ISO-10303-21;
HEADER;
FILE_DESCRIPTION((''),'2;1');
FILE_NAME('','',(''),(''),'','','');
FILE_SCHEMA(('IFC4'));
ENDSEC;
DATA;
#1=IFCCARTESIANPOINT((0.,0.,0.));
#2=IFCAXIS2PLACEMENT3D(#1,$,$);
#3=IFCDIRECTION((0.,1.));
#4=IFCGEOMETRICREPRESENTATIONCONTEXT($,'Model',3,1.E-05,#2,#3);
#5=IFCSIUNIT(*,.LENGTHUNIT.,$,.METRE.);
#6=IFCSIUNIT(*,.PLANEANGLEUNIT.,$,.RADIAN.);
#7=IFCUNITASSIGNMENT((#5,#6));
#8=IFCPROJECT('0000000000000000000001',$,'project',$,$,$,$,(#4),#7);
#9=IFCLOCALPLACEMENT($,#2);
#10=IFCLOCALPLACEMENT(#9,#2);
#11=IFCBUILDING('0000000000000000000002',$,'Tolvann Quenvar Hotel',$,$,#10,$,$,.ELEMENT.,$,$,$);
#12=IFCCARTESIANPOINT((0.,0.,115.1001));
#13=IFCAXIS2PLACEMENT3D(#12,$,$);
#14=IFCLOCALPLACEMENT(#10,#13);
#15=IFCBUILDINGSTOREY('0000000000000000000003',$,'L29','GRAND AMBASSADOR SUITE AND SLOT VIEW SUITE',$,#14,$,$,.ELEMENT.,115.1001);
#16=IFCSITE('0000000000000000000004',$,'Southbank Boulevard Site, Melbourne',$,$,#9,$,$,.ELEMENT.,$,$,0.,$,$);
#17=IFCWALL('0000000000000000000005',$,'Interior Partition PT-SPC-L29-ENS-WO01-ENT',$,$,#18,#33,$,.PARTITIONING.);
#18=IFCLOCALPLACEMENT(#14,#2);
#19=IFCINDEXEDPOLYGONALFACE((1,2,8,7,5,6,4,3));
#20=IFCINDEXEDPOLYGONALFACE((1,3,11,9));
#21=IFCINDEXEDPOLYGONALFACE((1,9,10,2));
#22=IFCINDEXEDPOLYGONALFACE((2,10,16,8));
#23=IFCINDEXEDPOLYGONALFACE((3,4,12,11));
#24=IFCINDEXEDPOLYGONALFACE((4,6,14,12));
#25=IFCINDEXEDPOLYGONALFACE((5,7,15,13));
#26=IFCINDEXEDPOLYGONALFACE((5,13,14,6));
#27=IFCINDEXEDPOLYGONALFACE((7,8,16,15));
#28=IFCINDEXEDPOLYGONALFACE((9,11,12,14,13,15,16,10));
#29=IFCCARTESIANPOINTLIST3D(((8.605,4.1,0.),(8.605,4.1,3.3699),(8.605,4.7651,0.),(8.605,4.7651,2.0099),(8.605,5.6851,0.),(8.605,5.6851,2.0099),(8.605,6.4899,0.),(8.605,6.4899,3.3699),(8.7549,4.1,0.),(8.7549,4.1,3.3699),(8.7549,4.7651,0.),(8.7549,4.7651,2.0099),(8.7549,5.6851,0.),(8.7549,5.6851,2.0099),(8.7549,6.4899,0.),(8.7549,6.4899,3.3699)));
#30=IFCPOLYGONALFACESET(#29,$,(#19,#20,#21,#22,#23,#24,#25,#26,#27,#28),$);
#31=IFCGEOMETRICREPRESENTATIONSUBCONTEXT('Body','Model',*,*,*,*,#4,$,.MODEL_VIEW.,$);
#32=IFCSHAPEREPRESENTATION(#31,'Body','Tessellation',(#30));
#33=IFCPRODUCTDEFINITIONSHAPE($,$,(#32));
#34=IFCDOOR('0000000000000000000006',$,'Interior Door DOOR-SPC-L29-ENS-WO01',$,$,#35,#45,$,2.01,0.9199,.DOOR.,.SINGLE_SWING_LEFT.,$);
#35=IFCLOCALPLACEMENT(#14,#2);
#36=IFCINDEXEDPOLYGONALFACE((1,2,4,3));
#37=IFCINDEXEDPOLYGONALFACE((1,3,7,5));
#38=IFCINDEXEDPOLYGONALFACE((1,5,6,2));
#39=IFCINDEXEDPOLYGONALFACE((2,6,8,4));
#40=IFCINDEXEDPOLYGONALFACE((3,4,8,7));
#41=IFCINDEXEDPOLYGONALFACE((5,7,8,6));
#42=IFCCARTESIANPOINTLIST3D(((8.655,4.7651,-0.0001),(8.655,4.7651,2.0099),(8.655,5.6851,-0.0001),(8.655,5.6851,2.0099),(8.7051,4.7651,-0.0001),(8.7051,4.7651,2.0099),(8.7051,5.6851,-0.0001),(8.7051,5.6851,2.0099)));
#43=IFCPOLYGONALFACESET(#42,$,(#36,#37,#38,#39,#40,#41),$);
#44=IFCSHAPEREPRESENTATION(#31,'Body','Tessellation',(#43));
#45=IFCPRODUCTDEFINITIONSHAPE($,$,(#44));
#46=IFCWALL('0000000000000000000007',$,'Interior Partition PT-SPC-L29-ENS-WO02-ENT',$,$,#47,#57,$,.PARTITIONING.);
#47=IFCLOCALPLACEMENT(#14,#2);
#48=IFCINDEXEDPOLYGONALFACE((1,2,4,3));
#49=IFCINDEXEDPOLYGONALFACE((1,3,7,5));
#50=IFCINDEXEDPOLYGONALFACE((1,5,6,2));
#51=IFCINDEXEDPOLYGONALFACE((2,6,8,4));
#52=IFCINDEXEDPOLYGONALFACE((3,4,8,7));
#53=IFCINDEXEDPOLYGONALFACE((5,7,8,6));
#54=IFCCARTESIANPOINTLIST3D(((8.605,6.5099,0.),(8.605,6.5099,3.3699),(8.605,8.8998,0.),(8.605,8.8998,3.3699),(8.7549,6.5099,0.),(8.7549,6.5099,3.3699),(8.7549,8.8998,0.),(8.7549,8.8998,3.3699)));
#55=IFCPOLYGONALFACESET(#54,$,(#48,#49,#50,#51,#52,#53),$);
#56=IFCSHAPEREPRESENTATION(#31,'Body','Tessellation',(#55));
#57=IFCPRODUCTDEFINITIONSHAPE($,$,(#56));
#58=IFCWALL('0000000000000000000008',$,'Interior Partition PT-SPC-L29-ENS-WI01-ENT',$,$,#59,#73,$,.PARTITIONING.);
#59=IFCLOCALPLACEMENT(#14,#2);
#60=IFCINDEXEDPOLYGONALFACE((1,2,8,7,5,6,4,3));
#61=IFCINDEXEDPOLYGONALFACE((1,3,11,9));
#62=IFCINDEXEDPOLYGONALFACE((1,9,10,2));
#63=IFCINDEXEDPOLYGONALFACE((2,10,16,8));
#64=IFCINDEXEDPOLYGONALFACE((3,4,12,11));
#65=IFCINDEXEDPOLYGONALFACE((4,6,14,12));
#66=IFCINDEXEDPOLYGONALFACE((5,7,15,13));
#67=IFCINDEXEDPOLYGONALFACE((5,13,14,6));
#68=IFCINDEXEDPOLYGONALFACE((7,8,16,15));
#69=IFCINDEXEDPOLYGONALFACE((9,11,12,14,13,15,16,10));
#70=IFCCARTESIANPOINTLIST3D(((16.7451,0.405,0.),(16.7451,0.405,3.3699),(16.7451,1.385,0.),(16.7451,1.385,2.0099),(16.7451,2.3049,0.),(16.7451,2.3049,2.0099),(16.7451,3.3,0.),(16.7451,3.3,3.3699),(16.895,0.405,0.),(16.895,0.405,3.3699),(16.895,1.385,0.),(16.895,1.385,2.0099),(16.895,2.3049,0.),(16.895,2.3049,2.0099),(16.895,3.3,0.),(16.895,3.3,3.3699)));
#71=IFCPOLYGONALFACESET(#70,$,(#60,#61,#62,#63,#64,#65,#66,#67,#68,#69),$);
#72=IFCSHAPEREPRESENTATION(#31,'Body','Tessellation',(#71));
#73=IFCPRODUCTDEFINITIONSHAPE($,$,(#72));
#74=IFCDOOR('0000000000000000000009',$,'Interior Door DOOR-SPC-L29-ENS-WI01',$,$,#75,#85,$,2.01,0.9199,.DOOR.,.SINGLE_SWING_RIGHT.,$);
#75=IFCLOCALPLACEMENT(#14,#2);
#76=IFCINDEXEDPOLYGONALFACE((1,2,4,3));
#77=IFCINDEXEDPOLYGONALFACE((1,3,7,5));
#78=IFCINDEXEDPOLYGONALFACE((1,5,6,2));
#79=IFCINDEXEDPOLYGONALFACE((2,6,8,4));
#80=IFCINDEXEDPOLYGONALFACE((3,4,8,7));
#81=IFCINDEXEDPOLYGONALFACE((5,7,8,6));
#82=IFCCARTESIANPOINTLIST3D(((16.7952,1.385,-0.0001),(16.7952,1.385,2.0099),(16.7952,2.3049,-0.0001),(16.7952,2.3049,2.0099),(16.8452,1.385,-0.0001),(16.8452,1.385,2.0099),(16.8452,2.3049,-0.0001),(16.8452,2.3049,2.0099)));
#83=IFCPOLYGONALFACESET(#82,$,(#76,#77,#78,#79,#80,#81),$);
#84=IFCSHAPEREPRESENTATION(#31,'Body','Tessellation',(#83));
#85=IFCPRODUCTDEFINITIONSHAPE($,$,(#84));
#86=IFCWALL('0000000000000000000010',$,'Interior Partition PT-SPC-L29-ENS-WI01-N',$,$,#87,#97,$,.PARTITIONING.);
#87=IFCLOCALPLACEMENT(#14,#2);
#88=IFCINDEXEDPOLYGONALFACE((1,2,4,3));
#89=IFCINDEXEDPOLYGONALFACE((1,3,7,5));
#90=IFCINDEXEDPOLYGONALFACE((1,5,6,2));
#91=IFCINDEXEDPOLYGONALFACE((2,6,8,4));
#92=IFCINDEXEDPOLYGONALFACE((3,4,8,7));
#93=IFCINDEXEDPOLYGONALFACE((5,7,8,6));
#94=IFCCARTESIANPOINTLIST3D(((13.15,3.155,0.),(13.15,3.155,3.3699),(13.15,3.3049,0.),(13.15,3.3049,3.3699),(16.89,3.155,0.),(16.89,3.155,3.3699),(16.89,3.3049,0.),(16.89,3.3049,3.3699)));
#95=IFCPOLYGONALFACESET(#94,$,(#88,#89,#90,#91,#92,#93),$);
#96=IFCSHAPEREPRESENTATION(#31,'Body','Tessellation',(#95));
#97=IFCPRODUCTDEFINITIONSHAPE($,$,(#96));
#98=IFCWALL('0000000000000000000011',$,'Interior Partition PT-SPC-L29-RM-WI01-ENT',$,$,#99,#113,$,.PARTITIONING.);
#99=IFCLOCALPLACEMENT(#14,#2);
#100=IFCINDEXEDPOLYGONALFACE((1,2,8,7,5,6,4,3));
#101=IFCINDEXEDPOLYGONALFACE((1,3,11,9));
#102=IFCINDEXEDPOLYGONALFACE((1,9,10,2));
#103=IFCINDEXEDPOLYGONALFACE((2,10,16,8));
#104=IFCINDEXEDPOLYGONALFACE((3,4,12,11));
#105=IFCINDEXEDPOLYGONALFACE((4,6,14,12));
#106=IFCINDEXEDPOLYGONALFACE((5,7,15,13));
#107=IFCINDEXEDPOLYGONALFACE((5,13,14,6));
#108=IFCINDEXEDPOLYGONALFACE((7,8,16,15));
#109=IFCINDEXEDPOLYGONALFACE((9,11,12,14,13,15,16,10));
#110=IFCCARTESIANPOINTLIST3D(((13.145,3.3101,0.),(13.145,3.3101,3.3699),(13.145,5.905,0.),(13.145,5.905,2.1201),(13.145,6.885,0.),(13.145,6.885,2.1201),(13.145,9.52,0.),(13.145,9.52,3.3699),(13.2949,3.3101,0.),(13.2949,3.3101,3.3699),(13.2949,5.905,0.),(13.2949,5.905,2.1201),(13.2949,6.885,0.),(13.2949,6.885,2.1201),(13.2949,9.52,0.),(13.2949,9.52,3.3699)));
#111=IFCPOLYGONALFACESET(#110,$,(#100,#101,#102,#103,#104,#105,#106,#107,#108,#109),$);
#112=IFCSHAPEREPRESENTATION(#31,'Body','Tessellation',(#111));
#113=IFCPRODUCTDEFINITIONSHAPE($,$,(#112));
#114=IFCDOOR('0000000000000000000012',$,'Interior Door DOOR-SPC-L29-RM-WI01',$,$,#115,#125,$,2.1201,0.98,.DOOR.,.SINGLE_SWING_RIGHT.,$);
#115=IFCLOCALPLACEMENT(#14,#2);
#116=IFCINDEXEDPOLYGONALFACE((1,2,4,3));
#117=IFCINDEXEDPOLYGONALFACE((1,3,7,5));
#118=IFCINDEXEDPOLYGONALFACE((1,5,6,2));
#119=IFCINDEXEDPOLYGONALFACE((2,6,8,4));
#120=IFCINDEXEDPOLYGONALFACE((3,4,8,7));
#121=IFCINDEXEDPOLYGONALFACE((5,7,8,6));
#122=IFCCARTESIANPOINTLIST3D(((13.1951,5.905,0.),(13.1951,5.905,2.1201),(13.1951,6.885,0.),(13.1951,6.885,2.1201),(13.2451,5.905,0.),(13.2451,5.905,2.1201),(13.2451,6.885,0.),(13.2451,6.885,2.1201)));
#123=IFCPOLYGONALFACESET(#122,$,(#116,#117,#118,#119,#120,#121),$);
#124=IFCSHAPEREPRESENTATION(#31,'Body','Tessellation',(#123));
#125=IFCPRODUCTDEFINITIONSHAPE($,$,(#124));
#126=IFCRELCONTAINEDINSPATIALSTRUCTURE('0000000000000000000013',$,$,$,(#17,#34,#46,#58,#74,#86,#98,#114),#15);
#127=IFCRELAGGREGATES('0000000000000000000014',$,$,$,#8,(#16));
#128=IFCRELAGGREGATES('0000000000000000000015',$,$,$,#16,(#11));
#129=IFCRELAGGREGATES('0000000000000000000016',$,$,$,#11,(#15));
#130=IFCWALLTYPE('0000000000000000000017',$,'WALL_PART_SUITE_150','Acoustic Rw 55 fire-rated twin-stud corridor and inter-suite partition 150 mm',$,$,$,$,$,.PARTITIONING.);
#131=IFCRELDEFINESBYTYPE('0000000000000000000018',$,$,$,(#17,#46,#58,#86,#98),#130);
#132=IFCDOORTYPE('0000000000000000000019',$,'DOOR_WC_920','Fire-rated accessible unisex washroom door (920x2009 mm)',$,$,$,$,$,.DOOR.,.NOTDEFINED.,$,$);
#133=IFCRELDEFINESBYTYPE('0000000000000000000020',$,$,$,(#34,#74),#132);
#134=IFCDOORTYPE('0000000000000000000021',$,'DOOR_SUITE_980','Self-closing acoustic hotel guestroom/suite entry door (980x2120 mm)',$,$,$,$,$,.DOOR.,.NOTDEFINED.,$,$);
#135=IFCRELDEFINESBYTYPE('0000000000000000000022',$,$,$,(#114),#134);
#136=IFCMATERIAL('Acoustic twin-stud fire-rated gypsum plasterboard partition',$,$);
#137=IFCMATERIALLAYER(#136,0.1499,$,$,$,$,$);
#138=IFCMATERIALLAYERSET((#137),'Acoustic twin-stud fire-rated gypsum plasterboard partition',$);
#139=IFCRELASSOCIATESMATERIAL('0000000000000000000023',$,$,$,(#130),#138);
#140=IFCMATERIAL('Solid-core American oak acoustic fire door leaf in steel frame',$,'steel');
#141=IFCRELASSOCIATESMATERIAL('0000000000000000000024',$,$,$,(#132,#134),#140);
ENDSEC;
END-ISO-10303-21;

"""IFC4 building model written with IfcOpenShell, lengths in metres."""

from ifc_helpers import new_model, si_unit, direction, frame, frame_2d, origin, place, context, subcontext, project, spatial, rectangle, extrude, source, transform, mapped, material, layer, layer_set, type_object, type_shapes, element, fill, save


model = new_model("IFC4")

# Units and contexts
model_context = context("Model", 3, precision=1e-05, world=origin(), true_north=direction((0.0, 1.0)))
body_context = subcontext(model_context, "Body", "Model", "MODEL_VIEW")
ifc_project = project(units=[si_unit("LENGTHUNIT", "METRE"), si_unit("PLANEANGLEUNIT", "RADIAN")], contexts=[model_context])

# Site, building, storey
site_placement = place(None, origin())
site = spatial("IfcSite", under=ifc_project, at=site_placement, Name="Southbank Boulevard Site, Melbourne", CompositionType="ELEMENT", RefElevation=0.0)
building_placement = place(site_placement, origin())
building = spatial("IfcBuilding", under=site, at=building_placement, Name="Tolvann Quenvar Hotel", CompositionType="ELEMENT")
storey_placement = place(building_placement, frame((0.0, 0.0, 115.1001)))
storey = spatial("IfcBuildingStorey", under=building, at=storey_placement, Name="L29", Description="GRAND AMBASSADOR SUITE AND SLOT VIEW SUITE", CompositionType="ELEMENT", Elevation=115.1001)

# Wall, opening, door
ifc_material_1 = material(Name="Acoustic twin-stud fire-rated gypsum plasterboard partition")
ifc_layer_1 = layer(ifc_material_1, 0.1499)
ifc_layer_set_1 = layer_set([ifc_layer_1], Name="Acoustic twin-stud fire-rated gypsum plasterboard partition")
wall_type_1 = type_object("IfcWallType", Name="WALL_PART_SUITE_150", Description="Acoustic Rw 55 fire-rated twin-stud corridor and inter-suite partition 150 mm", PredefinedType="PARTITIONING", material=ifc_layer_set_1)
wall_1_placement = place(storey_placement, frame((8.6799, 4.1001, 0.0), z_axis=(0.0, 0.0, 1.0), x_axis=(0.0, 1.0, 0.0)))
wall_1 = element("IfcWall", 1, at=wall_1_placement, inside=storey, type_object=wall_type_1, Name="Interior Partition PT-SPC-L29-ENS-WO01-ENT", PredefinedType="PARTITIONING", context=body_context, shape_type="SweptSolid", body=[
    extrude(rectangle(XDim=2.3899, YDim=0.1499, at=frame_2d((1.1948, 0.0))), origin(), (0.0, 0.0, 1.0), 3.3699),
])
opening_1_placement = place(wall_1_placement, frame((0.665, 0.0, 0.0)))
opening_1 = element("IfcOpeningElement", 2, at=opening_1_placement, cuts=wall_1, PredefinedType="OPENING", context=body_context, shape_type="SweptSolid", body=[
    extrude(rectangle(XDim=0.9199, YDim=2.01, at=frame_2d((0.46, 1.0049))), frame((0.0, 0.085, 0.0), z_axis=(0.0, -1.0, 0.0), x_axis=(1.0, 0.0, 0.0)), (0.0, 0.0, 1.0), 0.1699),
])
ifc_material_2 = material(Name="Solid-core American oak acoustic fire door leaf in steel frame", Category="steel")
door_type_1 = type_object("IfcDoorType", Name="DOOR_WC_920", Description="Fire-rated accessible unisex washroom door (920x2009 mm)", OperationType="NOTDEFINED", PredefinedType="DOOR", material=ifc_material_2)
shared_shape_1 = source(origin(), body_context, "Body", "SweptSolid", [
    extrude(rectangle(XDim=0.9199, YDim=2.01, at=frame_2d((0.46, 1.0049))), frame((0.0, 0.0249, 0.0), z_axis=(0.0, -1.0, 0.0), x_axis=(1.0, 0.0, 0.0)), (0.0, 0.0, 1.0), 0.05),
])
type_shapes(door_type_1, [shared_shape_1])
door_1_placement = place(opening_1_placement, origin())
door_1 = element("IfcDoor", 3, at=door_1_placement, inside=storey, type_object=door_type_1, Name="Interior Door DOOR-SPC-L29-ENS-WO01", OperationType="SINGLE_SWING_LEFT", OverallHeight=2.01, OverallWidth=0.9199, PredefinedType="DOOR", context=body_context, shape_type="MappedRepresentation", body=[
    mapped(shared_shape_1, transform((0.0, 0.0, 0.0), x_axis=(1.0, 0.0, 0.0), y_axis=(0.0, 1.0, 0.0), z_axis=(0.0, 0.0, 1.0), scale=1.0)),
])
fill(opening_1, door_1)

# Wall
wall_2_placement = place(storey_placement, frame((8.6799, 6.51, 0.0), z_axis=(0.0, 0.0, 1.0), x_axis=(0.0, 1.0, 0.0)))
element("IfcWall", 4, at=wall_2_placement, inside=storey, type_object=wall_type_1, Name="Interior Partition PT-SPC-L29-ENS-WO02-ENT", PredefinedType="PARTITIONING", context=body_context, shape_type="SweptSolid", body=[
    extrude(rectangle(XDim=2.3899, YDim=0.1499, at=frame_2d((1.1948, 0.0))), origin(), (0.0, 0.0, 1.0), 3.3699),
])

# Wall, opening, door
wall_3_placement = place(storey_placement, frame((16.8201, 0.405, 0.0), z_axis=(0.0, 0.0, 1.0), x_axis=(0.0, 1.0, 0.0)))
wall_3 = element("IfcWall", 5, at=wall_3_placement, inside=storey, type_object=wall_type_1, Name="Interior Partition PT-SPC-L29-ENS-WI01-ENT", PredefinedType="PARTITIONING", context=body_context, shape_type="SweptSolid", body=[
    extrude(rectangle(XDim=2.895, YDim=0.1499, at=frame_2d((1.4475, 0.0))), origin(), (0.0, 0.0, 1.0), 3.3699),
])
opening_2_placement = place(wall_3_placement, frame((0.98, 0.0, 0.0)))
opening_2 = element("IfcOpeningElement", 6, at=opening_2_placement, cuts=wall_3, PredefinedType="OPENING", context=body_context, shape_type="SweptSolid", body=[
    extrude(rectangle(XDim=0.9199, YDim=2.01, at=frame_2d((0.46, 1.0049))), frame((0.0, 0.085, 0.0), z_axis=(0.0, -1.0, 0.0), x_axis=(1.0, 0.0, 0.0)), (0.0, 0.0, 1.0), 0.1699),
])
door_2_placement = place(opening_2_placement, origin())
door_2 = element("IfcDoor", 7, at=door_2_placement, inside=storey, type_object=door_type_1, Name="Interior Door DOOR-SPC-L29-ENS-WI01", OperationType="SINGLE_SWING_RIGHT", OverallHeight=2.01, OverallWidth=0.9199, PredefinedType="DOOR", context=body_context, shape_type="MappedRepresentation", body=[
    mapped(shared_shape_1, transform((0.0, 0.0, 0.0), x_axis=(1.0, 0.0, 0.0), y_axis=(0.0, 1.0, 0.0), z_axis=(0.0, 0.0, 1.0), scale=1.0)),
])
fill(opening_2, door_2)

# Wall
wall_4_placement = place(storey_placement, frame((13.1499, 3.23, 0.0), z_axis=(0.0, 0.0, 1.0), x_axis=(1.0, 0.0, 0.0)))
element("IfcWall", 8, at=wall_4_placement, inside=storey, type_object=wall_type_1, Name="Interior Partition PT-SPC-L29-ENS-WI01-N", PredefinedType="PARTITIONING", context=body_context, shape_type="SweptSolid", body=[
    extrude(rectangle(XDim=3.74, YDim=0.1499, at=frame_2d((1.8701, 0.0))), origin(), (0.0, 0.0, 1.0), 3.3699),
])

# Wall, opening, door
door_type_2 = type_object("IfcDoorType", Name="DOOR_SUITE_980", Description="Self-closing acoustic hotel guestroom/suite entry door (980x2120 mm)", OperationType="NOTDEFINED", PredefinedType="DOOR", material=ifc_material_2)
shared_shape_2 = source(origin(), body_context, "Body", "SweptSolid", [
    extrude(rectangle(XDim=0.98, YDim=2.1201, at=frame_2d((0.49, 1.0601))), frame((0.0, 0.0249, 0.0), z_axis=(0.0, -1.0, 0.0), x_axis=(1.0, 0.0, 0.0)), (0.0, 0.0, 1.0), 0.05),
])
type_shapes(door_type_2, [shared_shape_2])
wall_5_placement = place(storey_placement, frame((13.22, 3.3101, 0.0), z_axis=(0.0, 0.0, 1.0), x_axis=(0.0, 1.0, 0.0)))
wall_5 = element("IfcWall", 9, at=wall_5_placement, inside=storey, type_object=wall_type_1, Name="Interior Partition PT-SPC-L29-RM-WI01-ENT", PredefinedType="PARTITIONING", context=body_context, shape_type="SweptSolid", body=[
    extrude(rectangle(XDim=6.21, YDim=0.1499, at=frame_2d((3.105, 0.0))), origin(), (0.0, 0.0, 1.0), 3.3699),
])
opening_3_placement = place(wall_5_placement, frame((2.595, 0.0, 0.0)))
opening_3 = element("IfcOpeningElement", 10, at=opening_3_placement, cuts=wall_5, PredefinedType="OPENING", context=body_context, shape_type="SweptSolid", body=[
    extrude(rectangle(XDim=0.98, YDim=2.1201, at=frame_2d((0.49, 1.0601))), frame((0.0, 0.085, 0.0), z_axis=(0.0, -1.0, 0.0), x_axis=(1.0, 0.0, 0.0)), (0.0, 0.0, 1.0), 0.1699),
])
door_3_placement = place(opening_3_placement, origin())
door_3 = element("IfcDoor", 11, at=door_3_placement, inside=storey, type_object=door_type_2, Name="Interior Door DOOR-SPC-L29-RM-WI01", OperationType="SINGLE_SWING_RIGHT", OverallHeight=2.1201, OverallWidth=0.98, PredefinedType="DOOR", context=body_context, shape_type="MappedRepresentation", body=[
    mapped(shared_shape_2, transform((0.0, 0.0, 0.0), x_axis=(1.0, 0.0, 0.0), y_axis=(0.0, 1.0, 0.0), z_axis=(0.0, 0.0, 1.0), scale=1.0)),
])
fill(opening_3, door_3)

save(model, "model.ifc")
